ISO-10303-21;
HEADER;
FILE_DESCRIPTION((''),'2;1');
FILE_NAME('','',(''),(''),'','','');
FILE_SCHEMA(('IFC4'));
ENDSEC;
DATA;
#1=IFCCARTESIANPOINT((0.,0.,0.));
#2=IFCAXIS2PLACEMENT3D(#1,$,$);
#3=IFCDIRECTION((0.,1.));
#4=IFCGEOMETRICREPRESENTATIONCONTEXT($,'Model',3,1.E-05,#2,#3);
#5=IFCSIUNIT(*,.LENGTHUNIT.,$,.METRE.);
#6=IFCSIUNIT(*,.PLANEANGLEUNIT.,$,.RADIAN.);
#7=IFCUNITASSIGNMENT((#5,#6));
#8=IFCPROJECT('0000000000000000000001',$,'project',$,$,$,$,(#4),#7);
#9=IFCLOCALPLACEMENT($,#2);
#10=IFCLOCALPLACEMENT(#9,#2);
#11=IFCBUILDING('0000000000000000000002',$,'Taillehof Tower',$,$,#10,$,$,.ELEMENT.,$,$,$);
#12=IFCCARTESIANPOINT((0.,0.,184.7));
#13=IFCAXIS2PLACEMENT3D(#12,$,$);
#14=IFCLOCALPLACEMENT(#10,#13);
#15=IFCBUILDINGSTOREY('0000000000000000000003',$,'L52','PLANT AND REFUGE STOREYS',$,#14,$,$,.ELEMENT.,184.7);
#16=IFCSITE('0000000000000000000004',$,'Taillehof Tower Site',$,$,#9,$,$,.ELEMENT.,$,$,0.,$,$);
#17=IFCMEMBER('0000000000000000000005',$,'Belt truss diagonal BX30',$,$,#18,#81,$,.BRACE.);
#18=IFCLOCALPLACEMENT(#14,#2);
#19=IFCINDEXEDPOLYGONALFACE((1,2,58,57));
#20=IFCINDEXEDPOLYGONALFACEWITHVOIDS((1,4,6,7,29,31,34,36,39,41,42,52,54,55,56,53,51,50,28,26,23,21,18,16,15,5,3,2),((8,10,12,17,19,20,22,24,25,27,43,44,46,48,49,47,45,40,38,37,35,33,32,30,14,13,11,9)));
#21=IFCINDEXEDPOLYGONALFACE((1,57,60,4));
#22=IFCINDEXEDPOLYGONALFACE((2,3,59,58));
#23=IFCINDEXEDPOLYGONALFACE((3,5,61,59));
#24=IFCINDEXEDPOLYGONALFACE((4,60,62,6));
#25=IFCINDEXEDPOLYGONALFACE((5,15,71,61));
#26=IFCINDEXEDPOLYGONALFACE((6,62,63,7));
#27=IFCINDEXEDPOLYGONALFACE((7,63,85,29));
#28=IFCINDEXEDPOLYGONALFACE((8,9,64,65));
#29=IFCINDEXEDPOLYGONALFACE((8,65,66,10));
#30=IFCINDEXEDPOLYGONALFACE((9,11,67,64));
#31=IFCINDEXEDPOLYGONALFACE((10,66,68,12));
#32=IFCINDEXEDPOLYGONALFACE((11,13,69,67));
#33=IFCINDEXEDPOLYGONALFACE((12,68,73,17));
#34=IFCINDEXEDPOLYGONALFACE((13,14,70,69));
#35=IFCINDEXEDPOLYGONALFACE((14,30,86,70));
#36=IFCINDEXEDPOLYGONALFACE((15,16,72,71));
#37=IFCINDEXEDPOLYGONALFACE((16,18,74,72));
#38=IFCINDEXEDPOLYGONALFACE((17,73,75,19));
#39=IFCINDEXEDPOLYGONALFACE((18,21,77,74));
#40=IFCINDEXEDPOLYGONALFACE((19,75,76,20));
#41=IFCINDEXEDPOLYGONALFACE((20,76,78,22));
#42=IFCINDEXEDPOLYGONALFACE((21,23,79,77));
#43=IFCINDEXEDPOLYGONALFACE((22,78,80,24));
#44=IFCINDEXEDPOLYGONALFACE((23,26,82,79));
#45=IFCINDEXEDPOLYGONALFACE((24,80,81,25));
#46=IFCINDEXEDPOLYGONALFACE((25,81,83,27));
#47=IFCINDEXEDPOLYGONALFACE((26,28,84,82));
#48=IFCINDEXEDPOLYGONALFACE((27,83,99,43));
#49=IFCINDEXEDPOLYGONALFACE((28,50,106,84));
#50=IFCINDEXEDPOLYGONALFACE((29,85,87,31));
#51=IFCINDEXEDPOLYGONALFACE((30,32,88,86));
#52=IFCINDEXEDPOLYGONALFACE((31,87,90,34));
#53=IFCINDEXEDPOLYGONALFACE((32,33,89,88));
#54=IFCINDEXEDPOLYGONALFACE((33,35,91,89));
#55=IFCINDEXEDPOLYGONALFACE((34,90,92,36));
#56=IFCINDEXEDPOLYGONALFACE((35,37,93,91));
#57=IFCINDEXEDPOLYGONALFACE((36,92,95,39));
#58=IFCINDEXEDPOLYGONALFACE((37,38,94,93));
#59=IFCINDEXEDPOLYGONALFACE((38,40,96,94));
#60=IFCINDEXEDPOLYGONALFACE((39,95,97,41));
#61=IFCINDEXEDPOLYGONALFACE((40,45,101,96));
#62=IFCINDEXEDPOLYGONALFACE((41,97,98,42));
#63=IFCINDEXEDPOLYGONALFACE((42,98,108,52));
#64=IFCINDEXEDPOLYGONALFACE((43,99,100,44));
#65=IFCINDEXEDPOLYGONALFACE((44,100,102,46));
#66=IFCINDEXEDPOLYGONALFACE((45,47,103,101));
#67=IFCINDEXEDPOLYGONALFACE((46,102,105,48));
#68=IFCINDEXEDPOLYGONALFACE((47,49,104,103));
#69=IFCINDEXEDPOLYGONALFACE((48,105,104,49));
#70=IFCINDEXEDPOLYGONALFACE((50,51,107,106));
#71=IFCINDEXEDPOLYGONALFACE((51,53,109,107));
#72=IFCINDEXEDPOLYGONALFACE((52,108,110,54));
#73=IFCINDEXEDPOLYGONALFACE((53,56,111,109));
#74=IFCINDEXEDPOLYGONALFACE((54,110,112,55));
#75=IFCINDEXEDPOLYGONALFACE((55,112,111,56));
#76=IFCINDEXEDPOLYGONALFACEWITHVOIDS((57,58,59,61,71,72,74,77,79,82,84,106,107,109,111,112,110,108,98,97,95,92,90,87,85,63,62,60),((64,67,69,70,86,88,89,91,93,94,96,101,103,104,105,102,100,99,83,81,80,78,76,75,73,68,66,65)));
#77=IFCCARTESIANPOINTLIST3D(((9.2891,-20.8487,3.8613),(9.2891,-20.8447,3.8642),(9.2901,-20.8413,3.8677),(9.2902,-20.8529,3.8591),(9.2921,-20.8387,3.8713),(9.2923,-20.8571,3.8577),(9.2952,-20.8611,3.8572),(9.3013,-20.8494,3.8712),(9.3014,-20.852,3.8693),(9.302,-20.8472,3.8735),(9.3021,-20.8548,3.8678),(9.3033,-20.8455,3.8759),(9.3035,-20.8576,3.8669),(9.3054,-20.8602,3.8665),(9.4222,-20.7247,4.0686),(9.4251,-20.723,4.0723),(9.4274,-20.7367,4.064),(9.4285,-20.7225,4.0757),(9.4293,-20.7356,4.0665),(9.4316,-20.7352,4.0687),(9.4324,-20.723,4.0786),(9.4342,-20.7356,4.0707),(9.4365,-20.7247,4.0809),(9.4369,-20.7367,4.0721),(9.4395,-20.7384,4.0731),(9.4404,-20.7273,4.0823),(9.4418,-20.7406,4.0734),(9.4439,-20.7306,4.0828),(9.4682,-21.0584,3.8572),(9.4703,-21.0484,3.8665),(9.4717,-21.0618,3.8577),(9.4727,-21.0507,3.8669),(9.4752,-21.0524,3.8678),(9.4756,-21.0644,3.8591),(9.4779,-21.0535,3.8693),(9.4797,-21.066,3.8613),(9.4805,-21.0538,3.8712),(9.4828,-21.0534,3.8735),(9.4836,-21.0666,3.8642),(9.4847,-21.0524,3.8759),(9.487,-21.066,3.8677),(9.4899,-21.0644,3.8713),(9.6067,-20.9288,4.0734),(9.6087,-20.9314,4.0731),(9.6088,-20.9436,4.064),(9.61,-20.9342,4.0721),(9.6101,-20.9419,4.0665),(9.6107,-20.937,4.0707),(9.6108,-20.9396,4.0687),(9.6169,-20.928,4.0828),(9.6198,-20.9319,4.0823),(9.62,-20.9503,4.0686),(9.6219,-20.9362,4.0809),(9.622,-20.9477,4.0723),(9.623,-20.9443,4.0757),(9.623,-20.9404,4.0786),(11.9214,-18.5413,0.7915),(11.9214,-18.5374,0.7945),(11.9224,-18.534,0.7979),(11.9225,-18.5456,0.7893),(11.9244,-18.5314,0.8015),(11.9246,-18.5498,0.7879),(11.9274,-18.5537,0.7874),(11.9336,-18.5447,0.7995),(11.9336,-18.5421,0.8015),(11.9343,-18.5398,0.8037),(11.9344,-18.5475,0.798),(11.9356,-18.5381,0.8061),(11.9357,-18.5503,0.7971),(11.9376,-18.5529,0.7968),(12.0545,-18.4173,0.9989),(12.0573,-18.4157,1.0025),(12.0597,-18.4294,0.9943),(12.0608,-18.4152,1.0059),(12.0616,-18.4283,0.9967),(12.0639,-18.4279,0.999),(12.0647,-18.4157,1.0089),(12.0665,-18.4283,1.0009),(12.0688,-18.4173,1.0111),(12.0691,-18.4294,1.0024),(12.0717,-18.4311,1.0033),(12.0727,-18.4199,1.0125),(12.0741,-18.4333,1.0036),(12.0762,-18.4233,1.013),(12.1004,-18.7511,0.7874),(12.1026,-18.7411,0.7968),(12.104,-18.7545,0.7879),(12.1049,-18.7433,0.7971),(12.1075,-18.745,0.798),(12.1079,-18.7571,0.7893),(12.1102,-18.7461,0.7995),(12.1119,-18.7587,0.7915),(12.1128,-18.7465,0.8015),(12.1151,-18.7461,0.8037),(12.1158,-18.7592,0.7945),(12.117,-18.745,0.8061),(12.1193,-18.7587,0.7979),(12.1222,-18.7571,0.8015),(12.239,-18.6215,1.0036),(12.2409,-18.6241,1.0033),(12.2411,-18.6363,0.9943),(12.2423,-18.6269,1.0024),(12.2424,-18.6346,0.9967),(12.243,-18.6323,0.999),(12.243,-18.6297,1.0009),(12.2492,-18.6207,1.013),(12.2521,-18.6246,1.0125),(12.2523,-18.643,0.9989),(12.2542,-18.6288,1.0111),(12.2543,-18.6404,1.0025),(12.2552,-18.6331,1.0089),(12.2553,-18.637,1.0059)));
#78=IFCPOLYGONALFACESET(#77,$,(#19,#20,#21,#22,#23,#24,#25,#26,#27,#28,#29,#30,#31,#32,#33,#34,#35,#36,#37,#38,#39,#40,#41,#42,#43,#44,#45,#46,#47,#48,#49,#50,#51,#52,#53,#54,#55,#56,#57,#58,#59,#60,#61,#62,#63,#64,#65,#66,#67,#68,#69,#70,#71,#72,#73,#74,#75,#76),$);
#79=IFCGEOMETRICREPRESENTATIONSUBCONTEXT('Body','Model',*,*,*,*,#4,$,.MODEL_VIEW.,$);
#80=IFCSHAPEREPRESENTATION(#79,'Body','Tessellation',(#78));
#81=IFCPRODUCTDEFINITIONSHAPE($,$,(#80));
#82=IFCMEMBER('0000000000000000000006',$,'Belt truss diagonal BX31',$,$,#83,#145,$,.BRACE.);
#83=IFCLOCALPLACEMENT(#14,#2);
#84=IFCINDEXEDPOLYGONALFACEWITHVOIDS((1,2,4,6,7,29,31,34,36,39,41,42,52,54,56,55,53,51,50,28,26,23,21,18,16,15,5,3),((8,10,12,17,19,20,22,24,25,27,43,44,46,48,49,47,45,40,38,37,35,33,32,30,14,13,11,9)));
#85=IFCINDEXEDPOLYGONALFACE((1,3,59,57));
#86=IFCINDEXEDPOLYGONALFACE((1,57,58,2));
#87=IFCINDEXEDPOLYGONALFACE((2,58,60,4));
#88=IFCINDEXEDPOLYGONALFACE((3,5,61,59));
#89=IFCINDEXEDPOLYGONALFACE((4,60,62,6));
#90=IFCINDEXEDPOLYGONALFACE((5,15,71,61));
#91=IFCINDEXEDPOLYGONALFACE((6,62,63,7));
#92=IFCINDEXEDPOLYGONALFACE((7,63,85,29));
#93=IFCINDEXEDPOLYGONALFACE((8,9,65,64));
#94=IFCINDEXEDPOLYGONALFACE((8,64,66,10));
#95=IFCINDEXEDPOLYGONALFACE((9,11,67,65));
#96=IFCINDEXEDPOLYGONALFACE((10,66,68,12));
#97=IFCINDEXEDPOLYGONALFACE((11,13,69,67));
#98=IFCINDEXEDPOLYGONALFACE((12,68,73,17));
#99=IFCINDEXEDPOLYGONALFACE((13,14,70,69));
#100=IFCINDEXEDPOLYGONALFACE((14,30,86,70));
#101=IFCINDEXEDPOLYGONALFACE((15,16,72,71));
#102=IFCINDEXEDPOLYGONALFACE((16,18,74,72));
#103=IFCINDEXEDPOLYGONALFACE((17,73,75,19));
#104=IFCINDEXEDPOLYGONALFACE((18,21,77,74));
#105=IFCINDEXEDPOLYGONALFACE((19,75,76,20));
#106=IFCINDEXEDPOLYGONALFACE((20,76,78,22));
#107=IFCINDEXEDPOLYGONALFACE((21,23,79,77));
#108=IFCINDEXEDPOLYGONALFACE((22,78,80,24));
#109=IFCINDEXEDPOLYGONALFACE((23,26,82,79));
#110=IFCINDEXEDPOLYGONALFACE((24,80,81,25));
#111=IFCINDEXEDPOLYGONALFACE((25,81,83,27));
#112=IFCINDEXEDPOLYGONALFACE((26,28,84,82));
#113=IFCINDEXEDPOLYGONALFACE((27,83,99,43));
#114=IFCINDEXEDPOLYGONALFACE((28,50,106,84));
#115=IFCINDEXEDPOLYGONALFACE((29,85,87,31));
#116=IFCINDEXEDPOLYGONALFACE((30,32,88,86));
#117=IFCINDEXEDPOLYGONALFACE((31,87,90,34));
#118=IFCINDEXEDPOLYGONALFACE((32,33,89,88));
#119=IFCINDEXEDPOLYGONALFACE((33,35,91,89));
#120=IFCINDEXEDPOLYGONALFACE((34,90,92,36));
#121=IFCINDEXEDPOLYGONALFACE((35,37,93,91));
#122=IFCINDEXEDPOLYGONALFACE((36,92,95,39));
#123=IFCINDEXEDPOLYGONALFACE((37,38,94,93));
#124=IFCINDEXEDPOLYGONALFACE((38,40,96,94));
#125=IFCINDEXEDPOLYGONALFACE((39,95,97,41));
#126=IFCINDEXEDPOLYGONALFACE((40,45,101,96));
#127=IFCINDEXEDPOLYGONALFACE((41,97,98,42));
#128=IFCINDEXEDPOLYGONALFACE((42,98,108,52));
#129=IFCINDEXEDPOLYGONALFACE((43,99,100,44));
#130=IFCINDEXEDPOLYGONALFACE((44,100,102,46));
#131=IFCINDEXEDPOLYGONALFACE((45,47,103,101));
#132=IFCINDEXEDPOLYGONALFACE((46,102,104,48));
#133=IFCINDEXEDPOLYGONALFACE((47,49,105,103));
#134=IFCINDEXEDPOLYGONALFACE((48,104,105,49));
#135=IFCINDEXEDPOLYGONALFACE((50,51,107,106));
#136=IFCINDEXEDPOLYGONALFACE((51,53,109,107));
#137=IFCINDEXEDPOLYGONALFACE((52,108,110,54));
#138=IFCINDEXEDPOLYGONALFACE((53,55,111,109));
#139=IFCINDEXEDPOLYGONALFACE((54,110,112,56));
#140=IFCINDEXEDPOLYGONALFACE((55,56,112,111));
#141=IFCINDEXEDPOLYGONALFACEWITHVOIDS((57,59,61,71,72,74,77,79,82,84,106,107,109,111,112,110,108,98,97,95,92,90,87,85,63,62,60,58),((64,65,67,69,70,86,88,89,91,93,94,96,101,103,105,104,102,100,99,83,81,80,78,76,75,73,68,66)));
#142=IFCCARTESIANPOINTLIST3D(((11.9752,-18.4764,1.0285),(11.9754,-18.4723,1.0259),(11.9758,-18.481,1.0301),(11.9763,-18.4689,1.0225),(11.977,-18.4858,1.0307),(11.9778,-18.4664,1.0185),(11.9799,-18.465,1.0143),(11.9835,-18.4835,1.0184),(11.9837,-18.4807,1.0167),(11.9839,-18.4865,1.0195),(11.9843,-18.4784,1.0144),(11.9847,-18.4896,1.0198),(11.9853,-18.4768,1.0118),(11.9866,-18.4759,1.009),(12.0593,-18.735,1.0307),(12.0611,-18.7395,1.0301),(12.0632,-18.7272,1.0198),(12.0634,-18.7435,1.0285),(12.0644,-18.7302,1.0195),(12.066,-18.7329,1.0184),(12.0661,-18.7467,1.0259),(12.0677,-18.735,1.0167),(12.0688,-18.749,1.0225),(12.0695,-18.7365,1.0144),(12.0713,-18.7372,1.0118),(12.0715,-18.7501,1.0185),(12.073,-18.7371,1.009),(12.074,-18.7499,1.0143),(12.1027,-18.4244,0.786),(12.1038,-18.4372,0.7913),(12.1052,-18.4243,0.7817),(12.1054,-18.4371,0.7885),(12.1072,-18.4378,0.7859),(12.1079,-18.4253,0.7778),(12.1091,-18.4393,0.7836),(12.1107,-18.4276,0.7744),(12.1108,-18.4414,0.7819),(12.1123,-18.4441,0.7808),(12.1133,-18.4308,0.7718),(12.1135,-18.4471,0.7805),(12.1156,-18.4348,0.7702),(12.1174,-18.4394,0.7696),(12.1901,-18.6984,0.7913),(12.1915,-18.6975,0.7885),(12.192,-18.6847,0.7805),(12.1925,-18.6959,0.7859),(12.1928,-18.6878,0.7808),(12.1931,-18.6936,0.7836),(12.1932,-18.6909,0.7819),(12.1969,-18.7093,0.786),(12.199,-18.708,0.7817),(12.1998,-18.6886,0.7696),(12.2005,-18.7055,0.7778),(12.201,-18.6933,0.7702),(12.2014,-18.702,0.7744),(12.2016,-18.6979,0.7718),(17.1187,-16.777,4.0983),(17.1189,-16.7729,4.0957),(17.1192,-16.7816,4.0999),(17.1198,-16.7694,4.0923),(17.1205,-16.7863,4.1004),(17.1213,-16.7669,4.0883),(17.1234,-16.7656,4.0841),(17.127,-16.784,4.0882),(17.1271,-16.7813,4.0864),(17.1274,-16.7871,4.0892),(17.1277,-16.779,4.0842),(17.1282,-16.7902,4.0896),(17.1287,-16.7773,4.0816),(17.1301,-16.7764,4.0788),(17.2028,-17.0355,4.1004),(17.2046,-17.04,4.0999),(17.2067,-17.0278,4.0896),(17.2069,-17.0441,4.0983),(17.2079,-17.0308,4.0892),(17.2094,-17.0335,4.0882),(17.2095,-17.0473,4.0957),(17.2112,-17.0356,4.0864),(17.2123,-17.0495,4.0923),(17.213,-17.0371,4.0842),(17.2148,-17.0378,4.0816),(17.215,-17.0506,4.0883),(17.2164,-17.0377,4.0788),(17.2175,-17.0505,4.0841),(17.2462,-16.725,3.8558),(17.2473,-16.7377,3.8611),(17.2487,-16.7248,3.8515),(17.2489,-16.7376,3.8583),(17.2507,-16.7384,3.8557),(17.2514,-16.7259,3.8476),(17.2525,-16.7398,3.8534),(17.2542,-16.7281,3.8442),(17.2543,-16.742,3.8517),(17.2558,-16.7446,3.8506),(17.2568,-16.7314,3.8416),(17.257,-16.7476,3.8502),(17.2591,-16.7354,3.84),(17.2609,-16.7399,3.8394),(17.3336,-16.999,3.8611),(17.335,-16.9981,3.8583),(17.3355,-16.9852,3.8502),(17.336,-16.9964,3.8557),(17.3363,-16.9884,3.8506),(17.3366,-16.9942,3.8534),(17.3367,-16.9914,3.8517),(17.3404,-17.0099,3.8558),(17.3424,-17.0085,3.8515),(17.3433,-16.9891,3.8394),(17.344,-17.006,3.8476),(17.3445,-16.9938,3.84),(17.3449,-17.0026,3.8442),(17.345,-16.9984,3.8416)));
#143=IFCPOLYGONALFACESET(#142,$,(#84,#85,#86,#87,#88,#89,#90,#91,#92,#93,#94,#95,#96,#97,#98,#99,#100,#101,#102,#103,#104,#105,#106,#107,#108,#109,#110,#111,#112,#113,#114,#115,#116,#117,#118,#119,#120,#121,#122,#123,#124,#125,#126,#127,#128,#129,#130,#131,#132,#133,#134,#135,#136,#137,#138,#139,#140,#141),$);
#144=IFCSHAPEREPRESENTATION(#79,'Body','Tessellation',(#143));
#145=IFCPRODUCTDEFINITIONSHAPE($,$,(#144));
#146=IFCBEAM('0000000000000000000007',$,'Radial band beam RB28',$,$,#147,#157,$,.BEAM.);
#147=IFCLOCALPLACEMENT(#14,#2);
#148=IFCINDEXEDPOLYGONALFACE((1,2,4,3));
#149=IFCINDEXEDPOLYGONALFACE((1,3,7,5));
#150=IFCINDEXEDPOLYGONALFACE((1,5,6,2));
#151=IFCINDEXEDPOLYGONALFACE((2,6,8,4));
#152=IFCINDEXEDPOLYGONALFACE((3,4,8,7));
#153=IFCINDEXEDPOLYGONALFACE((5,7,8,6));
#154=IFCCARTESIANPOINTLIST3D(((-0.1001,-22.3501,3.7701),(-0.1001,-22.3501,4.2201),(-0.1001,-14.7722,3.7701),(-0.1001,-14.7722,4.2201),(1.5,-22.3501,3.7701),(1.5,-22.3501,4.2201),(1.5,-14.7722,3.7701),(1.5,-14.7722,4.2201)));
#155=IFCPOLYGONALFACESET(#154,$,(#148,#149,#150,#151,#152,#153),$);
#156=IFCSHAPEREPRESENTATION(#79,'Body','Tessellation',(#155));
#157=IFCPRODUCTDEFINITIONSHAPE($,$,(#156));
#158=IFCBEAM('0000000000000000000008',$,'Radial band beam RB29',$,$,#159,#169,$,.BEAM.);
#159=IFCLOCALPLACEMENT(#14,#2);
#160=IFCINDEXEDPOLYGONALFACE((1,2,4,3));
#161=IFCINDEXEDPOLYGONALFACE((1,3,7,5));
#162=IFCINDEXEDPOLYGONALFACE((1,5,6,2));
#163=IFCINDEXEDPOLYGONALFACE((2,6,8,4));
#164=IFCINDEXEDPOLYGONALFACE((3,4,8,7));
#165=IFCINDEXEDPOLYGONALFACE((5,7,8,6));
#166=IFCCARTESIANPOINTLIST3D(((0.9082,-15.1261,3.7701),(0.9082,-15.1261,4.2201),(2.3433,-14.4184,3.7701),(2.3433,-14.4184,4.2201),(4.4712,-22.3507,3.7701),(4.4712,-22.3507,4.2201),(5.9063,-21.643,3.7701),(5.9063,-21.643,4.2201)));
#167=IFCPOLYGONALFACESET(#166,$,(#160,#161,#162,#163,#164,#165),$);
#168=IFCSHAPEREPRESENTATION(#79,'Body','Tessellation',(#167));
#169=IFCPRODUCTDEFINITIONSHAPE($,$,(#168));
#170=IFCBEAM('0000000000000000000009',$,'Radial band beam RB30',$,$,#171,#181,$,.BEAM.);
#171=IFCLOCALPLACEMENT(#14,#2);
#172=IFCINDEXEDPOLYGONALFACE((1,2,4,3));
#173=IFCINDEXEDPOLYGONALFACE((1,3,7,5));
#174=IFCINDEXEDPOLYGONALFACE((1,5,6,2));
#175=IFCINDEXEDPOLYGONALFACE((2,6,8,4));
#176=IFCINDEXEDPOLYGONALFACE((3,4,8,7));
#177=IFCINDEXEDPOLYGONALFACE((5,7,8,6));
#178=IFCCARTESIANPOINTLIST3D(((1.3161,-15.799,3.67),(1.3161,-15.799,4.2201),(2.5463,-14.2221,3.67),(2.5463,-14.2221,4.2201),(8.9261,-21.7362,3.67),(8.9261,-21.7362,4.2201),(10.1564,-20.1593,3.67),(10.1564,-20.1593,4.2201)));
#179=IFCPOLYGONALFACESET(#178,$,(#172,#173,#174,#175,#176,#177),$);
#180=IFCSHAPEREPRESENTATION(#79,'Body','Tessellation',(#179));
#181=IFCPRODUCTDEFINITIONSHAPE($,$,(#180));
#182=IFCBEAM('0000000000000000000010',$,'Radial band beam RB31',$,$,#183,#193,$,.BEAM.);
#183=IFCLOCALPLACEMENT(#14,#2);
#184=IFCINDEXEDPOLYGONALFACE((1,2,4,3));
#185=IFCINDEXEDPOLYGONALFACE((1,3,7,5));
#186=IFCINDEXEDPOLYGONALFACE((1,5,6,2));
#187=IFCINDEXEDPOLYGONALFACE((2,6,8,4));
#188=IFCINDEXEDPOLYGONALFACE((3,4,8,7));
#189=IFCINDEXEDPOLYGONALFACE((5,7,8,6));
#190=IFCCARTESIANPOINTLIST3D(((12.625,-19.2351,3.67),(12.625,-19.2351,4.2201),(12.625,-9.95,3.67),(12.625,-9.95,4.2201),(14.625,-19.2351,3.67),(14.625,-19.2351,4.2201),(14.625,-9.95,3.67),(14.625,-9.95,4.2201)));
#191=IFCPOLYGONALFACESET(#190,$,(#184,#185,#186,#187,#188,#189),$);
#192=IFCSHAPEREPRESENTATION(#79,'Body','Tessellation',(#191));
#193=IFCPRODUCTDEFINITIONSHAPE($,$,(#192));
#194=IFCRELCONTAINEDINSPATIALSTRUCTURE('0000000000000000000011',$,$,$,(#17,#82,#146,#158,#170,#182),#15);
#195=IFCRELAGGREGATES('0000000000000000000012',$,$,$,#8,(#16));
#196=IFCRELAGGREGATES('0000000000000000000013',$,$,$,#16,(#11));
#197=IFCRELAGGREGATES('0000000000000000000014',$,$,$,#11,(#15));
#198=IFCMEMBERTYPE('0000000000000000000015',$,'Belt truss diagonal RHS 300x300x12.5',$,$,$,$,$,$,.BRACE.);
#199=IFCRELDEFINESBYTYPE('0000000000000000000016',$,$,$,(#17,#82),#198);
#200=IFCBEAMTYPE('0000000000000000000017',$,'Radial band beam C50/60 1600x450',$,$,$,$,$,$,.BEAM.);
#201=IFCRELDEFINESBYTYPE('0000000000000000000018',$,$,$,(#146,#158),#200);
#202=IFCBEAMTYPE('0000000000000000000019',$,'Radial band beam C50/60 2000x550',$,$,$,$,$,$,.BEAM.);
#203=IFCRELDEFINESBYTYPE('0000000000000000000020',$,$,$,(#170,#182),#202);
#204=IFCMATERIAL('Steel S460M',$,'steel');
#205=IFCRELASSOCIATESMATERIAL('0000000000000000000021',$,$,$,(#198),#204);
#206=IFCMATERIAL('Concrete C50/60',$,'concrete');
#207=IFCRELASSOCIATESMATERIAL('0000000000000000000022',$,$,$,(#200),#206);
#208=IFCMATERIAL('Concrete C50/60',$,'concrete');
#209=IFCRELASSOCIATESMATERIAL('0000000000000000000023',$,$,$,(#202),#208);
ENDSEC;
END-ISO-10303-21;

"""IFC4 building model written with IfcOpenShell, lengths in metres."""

from ifc_helpers import new_model, si_unit, direction, frame, origin, origin_2d, place, context, subcontext, project, spatial, rectangle, hollow_rectangle, extrude, material, material_profile, profile_set, type_object, element, save


model = new_model("IFC4")

# Units and contexts
model_context = context("Model", 3, precision=1e-05, world=origin(), true_north=direction((0.0, 1.0)))
body_context = subcontext(model_context, "Body", "Model", "MODEL_VIEW")
ifc_project = project(units=[si_unit("LENGTHUNIT", "METRE"), si_unit("PLANEANGLEUNIT", "RADIAN")], contexts=[model_context])

# Site, building, storey
site_placement = place(None, origin())
site = spatial("IfcSite", under=ifc_project, at=site_placement, Name="Taillehof Tower Site", CompositionType="ELEMENT", RefElevation=0.0)
building_placement = place(site_placement, origin())
building = spatial("IfcBuilding", under=site, at=building_placement, Name="Taillehof Tower", CompositionType="ELEMENT")
storey_placement = place(building_placement, frame((0.0, 0.0, 184.7)))
storey = spatial("IfcBuildingStorey", under=building, at=storey_placement, Name="L52", Description="PLANT AND REFUGE STOREYS", CompositionType="ELEMENT", Elevation=184.7)

# Members
ifc_material_1 = material(Name="Steel S460M", Category="steel")
ifc_material_profile_1 = material_profile(ifc_material_1, hollow_rectangle(XDim=0.3, YDim=0.3, WallThickness=0.0125, InnerFilletRadius=0.0125, OuterFilletRadius=0.0188, at=origin_2d()), Name="RHS 300x300x12.5")
ifc_profile_set_1 = profile_set([ifc_material_profile_1], Name="Steel S460M")
member_type_1 = type_object("IfcMemberType", Name="Belt truss diagonal RHS 300x300x12.5", PredefinedType="BRACE", material=ifc_profile_set_1)
member_1_placement = place(storey_placement, frame((9.4561, -20.8945, 3.97), z_axis=(0.56538, 0.495586, -0.659348), x_axis=(-0.659166, 0.751997, 0.0)))
element("IfcMember", 1, at=member_1_placement, inside=storey, type_object=member_type_1, Name="Belt truss diagonal BX30", PredefinedType="BRACE", context=body_context, shape_type="SweptSolid", body=[
    extrude(hollow_rectangle(XDim=0.3, YDim=0.3, WallThickness=0.0125, InnerFilletRadius=0.0125, OuterFilletRadius=0.0188, at=origin_2d()), origin(), (0.0, 0.0, 1.0), 4.6558),
])
member_2_placement = place(storey_placement, frame((12.0884, -18.5872, 0.9001), z_axis=(0.826087, 0.272944, 0.493033), x_axis=(-0.313725, 0.949514, 0.0)))
element("IfcMember", 2, at=member_2_placement, inside=storey, type_object=member_type_1, Name="Belt truss diagonal BX31", PredefinedType="BRACE", context=body_context, shape_type="SweptSolid", body=[
    extrude(hollow_rectangle(XDim=0.3, YDim=0.3, WallThickness=0.0125, InnerFilletRadius=0.0125, OuterFilletRadius=0.0188, at=origin_2d()), origin(), (0.0, 0.0, 1.0), 6.2263),
])

# Beams
ifc_material_2 = material(Name="Concrete C50/60", Category="concrete")
ifc_material_profile_2 = material_profile(ifc_material_2, rectangle(XDim=1.6001, YDim=0.45, at=origin_2d()), Name="RC 1600x450")
ifc_profile_set_2 = profile_set([ifc_material_profile_2], Name="Concrete C50/60")
beam_type_1 = type_object("IfcBeamType", Name="Radial band beam C50/60 1600x450", PredefinedType="BEAM", material=ifc_profile_set_2)
beam_1_placement = place(storey_placement, frame((0.7, -22.3501, 3.9951), z_axis=(0.0, 1.0, 0.0), x_axis=(-1.0, 0.0, 0.0)))
element("IfcBeam", 3, at=beam_1_placement, inside=storey, type_object=beam_type_1, Name="Radial band beam RB28", PredefinedType="BEAM", context=body_context, shape_type="SweptSolid", body=[
    extrude(rectangle(XDim=1.6001, YDim=0.45, at=origin_2d()), origin(), (0.0, 0.0, 1.0), 7.5779),
])
beam_2_placement = place(storey_placement, frame((5.1887, -21.9968, 3.9951), z_axis=(-0.442309, 0.896863, 0.0), x_axis=(-0.896863, -0.442309, 0.0)))
element("IfcBeam", 4, at=beam_2_placement, inside=storey, type_object=beam_type_1, Name="Radial band beam RB29", PredefinedType="BEAM", context=body_context, shape_type="SweptSolid", body=[
    extrude(rectangle(XDim=1.6001, YDim=0.45, at=origin_2d()), origin(), (0.0, 0.0, 1.0), 8.0554),
])
ifc_material_3 = material(Name="Concrete C50/60", Category="concrete")
ifc_material_profile_3 = material_profile(ifc_material_3, rectangle(XDim=2.0, YDim=0.55, at=origin_2d()), Name="RC 2000x550")
ifc_profile_set_3 = profile_set([ifc_material_profile_3], Name="Concrete C50/60")
beam_type_2 = type_object("IfcBeamType", Name="Radial band beam C50/60 2000x550", PredefinedType="BEAM", material=ifc_profile_set_3)
beam_3_placement = place(storey_placement, frame((9.5413, -20.9478, 3.9451), z_axis=(-0.788433, 0.61512, 0.0), x_axis=(-0.61512, -0.788433, 0.0)))
element("IfcBeam", 5, at=beam_3_placement, inside=storey, type_object=beam_type_2, Name="Radial band beam RB30", PredefinedType="BEAM", context=body_context, shape_type="SweptSolid", body=[
    extrude(rectangle(XDim=2.0, YDim=0.55, at=origin_2d()), origin(), (0.0, 0.0, 1.0), 9.6521),
])
beam_4_placement = place(storey_placement, frame((13.625, -19.2351, 3.9451), z_axis=(0.0, 1.0, 0.0), x_axis=(-1.0, 0.0, 0.0)))
element("IfcBeam", 6, at=beam_4_placement, inside=storey, type_object=beam_type_2, Name="Radial band beam RB31", PredefinedType="BEAM", context=body_context, shape_type="SweptSolid", body=[
    extrude(rectangle(XDim=2.0, YDim=0.55, at=origin_2d()), origin(), (0.0, 0.0, 1.0), 9.2852),
])

save(model, "model.ifc")
